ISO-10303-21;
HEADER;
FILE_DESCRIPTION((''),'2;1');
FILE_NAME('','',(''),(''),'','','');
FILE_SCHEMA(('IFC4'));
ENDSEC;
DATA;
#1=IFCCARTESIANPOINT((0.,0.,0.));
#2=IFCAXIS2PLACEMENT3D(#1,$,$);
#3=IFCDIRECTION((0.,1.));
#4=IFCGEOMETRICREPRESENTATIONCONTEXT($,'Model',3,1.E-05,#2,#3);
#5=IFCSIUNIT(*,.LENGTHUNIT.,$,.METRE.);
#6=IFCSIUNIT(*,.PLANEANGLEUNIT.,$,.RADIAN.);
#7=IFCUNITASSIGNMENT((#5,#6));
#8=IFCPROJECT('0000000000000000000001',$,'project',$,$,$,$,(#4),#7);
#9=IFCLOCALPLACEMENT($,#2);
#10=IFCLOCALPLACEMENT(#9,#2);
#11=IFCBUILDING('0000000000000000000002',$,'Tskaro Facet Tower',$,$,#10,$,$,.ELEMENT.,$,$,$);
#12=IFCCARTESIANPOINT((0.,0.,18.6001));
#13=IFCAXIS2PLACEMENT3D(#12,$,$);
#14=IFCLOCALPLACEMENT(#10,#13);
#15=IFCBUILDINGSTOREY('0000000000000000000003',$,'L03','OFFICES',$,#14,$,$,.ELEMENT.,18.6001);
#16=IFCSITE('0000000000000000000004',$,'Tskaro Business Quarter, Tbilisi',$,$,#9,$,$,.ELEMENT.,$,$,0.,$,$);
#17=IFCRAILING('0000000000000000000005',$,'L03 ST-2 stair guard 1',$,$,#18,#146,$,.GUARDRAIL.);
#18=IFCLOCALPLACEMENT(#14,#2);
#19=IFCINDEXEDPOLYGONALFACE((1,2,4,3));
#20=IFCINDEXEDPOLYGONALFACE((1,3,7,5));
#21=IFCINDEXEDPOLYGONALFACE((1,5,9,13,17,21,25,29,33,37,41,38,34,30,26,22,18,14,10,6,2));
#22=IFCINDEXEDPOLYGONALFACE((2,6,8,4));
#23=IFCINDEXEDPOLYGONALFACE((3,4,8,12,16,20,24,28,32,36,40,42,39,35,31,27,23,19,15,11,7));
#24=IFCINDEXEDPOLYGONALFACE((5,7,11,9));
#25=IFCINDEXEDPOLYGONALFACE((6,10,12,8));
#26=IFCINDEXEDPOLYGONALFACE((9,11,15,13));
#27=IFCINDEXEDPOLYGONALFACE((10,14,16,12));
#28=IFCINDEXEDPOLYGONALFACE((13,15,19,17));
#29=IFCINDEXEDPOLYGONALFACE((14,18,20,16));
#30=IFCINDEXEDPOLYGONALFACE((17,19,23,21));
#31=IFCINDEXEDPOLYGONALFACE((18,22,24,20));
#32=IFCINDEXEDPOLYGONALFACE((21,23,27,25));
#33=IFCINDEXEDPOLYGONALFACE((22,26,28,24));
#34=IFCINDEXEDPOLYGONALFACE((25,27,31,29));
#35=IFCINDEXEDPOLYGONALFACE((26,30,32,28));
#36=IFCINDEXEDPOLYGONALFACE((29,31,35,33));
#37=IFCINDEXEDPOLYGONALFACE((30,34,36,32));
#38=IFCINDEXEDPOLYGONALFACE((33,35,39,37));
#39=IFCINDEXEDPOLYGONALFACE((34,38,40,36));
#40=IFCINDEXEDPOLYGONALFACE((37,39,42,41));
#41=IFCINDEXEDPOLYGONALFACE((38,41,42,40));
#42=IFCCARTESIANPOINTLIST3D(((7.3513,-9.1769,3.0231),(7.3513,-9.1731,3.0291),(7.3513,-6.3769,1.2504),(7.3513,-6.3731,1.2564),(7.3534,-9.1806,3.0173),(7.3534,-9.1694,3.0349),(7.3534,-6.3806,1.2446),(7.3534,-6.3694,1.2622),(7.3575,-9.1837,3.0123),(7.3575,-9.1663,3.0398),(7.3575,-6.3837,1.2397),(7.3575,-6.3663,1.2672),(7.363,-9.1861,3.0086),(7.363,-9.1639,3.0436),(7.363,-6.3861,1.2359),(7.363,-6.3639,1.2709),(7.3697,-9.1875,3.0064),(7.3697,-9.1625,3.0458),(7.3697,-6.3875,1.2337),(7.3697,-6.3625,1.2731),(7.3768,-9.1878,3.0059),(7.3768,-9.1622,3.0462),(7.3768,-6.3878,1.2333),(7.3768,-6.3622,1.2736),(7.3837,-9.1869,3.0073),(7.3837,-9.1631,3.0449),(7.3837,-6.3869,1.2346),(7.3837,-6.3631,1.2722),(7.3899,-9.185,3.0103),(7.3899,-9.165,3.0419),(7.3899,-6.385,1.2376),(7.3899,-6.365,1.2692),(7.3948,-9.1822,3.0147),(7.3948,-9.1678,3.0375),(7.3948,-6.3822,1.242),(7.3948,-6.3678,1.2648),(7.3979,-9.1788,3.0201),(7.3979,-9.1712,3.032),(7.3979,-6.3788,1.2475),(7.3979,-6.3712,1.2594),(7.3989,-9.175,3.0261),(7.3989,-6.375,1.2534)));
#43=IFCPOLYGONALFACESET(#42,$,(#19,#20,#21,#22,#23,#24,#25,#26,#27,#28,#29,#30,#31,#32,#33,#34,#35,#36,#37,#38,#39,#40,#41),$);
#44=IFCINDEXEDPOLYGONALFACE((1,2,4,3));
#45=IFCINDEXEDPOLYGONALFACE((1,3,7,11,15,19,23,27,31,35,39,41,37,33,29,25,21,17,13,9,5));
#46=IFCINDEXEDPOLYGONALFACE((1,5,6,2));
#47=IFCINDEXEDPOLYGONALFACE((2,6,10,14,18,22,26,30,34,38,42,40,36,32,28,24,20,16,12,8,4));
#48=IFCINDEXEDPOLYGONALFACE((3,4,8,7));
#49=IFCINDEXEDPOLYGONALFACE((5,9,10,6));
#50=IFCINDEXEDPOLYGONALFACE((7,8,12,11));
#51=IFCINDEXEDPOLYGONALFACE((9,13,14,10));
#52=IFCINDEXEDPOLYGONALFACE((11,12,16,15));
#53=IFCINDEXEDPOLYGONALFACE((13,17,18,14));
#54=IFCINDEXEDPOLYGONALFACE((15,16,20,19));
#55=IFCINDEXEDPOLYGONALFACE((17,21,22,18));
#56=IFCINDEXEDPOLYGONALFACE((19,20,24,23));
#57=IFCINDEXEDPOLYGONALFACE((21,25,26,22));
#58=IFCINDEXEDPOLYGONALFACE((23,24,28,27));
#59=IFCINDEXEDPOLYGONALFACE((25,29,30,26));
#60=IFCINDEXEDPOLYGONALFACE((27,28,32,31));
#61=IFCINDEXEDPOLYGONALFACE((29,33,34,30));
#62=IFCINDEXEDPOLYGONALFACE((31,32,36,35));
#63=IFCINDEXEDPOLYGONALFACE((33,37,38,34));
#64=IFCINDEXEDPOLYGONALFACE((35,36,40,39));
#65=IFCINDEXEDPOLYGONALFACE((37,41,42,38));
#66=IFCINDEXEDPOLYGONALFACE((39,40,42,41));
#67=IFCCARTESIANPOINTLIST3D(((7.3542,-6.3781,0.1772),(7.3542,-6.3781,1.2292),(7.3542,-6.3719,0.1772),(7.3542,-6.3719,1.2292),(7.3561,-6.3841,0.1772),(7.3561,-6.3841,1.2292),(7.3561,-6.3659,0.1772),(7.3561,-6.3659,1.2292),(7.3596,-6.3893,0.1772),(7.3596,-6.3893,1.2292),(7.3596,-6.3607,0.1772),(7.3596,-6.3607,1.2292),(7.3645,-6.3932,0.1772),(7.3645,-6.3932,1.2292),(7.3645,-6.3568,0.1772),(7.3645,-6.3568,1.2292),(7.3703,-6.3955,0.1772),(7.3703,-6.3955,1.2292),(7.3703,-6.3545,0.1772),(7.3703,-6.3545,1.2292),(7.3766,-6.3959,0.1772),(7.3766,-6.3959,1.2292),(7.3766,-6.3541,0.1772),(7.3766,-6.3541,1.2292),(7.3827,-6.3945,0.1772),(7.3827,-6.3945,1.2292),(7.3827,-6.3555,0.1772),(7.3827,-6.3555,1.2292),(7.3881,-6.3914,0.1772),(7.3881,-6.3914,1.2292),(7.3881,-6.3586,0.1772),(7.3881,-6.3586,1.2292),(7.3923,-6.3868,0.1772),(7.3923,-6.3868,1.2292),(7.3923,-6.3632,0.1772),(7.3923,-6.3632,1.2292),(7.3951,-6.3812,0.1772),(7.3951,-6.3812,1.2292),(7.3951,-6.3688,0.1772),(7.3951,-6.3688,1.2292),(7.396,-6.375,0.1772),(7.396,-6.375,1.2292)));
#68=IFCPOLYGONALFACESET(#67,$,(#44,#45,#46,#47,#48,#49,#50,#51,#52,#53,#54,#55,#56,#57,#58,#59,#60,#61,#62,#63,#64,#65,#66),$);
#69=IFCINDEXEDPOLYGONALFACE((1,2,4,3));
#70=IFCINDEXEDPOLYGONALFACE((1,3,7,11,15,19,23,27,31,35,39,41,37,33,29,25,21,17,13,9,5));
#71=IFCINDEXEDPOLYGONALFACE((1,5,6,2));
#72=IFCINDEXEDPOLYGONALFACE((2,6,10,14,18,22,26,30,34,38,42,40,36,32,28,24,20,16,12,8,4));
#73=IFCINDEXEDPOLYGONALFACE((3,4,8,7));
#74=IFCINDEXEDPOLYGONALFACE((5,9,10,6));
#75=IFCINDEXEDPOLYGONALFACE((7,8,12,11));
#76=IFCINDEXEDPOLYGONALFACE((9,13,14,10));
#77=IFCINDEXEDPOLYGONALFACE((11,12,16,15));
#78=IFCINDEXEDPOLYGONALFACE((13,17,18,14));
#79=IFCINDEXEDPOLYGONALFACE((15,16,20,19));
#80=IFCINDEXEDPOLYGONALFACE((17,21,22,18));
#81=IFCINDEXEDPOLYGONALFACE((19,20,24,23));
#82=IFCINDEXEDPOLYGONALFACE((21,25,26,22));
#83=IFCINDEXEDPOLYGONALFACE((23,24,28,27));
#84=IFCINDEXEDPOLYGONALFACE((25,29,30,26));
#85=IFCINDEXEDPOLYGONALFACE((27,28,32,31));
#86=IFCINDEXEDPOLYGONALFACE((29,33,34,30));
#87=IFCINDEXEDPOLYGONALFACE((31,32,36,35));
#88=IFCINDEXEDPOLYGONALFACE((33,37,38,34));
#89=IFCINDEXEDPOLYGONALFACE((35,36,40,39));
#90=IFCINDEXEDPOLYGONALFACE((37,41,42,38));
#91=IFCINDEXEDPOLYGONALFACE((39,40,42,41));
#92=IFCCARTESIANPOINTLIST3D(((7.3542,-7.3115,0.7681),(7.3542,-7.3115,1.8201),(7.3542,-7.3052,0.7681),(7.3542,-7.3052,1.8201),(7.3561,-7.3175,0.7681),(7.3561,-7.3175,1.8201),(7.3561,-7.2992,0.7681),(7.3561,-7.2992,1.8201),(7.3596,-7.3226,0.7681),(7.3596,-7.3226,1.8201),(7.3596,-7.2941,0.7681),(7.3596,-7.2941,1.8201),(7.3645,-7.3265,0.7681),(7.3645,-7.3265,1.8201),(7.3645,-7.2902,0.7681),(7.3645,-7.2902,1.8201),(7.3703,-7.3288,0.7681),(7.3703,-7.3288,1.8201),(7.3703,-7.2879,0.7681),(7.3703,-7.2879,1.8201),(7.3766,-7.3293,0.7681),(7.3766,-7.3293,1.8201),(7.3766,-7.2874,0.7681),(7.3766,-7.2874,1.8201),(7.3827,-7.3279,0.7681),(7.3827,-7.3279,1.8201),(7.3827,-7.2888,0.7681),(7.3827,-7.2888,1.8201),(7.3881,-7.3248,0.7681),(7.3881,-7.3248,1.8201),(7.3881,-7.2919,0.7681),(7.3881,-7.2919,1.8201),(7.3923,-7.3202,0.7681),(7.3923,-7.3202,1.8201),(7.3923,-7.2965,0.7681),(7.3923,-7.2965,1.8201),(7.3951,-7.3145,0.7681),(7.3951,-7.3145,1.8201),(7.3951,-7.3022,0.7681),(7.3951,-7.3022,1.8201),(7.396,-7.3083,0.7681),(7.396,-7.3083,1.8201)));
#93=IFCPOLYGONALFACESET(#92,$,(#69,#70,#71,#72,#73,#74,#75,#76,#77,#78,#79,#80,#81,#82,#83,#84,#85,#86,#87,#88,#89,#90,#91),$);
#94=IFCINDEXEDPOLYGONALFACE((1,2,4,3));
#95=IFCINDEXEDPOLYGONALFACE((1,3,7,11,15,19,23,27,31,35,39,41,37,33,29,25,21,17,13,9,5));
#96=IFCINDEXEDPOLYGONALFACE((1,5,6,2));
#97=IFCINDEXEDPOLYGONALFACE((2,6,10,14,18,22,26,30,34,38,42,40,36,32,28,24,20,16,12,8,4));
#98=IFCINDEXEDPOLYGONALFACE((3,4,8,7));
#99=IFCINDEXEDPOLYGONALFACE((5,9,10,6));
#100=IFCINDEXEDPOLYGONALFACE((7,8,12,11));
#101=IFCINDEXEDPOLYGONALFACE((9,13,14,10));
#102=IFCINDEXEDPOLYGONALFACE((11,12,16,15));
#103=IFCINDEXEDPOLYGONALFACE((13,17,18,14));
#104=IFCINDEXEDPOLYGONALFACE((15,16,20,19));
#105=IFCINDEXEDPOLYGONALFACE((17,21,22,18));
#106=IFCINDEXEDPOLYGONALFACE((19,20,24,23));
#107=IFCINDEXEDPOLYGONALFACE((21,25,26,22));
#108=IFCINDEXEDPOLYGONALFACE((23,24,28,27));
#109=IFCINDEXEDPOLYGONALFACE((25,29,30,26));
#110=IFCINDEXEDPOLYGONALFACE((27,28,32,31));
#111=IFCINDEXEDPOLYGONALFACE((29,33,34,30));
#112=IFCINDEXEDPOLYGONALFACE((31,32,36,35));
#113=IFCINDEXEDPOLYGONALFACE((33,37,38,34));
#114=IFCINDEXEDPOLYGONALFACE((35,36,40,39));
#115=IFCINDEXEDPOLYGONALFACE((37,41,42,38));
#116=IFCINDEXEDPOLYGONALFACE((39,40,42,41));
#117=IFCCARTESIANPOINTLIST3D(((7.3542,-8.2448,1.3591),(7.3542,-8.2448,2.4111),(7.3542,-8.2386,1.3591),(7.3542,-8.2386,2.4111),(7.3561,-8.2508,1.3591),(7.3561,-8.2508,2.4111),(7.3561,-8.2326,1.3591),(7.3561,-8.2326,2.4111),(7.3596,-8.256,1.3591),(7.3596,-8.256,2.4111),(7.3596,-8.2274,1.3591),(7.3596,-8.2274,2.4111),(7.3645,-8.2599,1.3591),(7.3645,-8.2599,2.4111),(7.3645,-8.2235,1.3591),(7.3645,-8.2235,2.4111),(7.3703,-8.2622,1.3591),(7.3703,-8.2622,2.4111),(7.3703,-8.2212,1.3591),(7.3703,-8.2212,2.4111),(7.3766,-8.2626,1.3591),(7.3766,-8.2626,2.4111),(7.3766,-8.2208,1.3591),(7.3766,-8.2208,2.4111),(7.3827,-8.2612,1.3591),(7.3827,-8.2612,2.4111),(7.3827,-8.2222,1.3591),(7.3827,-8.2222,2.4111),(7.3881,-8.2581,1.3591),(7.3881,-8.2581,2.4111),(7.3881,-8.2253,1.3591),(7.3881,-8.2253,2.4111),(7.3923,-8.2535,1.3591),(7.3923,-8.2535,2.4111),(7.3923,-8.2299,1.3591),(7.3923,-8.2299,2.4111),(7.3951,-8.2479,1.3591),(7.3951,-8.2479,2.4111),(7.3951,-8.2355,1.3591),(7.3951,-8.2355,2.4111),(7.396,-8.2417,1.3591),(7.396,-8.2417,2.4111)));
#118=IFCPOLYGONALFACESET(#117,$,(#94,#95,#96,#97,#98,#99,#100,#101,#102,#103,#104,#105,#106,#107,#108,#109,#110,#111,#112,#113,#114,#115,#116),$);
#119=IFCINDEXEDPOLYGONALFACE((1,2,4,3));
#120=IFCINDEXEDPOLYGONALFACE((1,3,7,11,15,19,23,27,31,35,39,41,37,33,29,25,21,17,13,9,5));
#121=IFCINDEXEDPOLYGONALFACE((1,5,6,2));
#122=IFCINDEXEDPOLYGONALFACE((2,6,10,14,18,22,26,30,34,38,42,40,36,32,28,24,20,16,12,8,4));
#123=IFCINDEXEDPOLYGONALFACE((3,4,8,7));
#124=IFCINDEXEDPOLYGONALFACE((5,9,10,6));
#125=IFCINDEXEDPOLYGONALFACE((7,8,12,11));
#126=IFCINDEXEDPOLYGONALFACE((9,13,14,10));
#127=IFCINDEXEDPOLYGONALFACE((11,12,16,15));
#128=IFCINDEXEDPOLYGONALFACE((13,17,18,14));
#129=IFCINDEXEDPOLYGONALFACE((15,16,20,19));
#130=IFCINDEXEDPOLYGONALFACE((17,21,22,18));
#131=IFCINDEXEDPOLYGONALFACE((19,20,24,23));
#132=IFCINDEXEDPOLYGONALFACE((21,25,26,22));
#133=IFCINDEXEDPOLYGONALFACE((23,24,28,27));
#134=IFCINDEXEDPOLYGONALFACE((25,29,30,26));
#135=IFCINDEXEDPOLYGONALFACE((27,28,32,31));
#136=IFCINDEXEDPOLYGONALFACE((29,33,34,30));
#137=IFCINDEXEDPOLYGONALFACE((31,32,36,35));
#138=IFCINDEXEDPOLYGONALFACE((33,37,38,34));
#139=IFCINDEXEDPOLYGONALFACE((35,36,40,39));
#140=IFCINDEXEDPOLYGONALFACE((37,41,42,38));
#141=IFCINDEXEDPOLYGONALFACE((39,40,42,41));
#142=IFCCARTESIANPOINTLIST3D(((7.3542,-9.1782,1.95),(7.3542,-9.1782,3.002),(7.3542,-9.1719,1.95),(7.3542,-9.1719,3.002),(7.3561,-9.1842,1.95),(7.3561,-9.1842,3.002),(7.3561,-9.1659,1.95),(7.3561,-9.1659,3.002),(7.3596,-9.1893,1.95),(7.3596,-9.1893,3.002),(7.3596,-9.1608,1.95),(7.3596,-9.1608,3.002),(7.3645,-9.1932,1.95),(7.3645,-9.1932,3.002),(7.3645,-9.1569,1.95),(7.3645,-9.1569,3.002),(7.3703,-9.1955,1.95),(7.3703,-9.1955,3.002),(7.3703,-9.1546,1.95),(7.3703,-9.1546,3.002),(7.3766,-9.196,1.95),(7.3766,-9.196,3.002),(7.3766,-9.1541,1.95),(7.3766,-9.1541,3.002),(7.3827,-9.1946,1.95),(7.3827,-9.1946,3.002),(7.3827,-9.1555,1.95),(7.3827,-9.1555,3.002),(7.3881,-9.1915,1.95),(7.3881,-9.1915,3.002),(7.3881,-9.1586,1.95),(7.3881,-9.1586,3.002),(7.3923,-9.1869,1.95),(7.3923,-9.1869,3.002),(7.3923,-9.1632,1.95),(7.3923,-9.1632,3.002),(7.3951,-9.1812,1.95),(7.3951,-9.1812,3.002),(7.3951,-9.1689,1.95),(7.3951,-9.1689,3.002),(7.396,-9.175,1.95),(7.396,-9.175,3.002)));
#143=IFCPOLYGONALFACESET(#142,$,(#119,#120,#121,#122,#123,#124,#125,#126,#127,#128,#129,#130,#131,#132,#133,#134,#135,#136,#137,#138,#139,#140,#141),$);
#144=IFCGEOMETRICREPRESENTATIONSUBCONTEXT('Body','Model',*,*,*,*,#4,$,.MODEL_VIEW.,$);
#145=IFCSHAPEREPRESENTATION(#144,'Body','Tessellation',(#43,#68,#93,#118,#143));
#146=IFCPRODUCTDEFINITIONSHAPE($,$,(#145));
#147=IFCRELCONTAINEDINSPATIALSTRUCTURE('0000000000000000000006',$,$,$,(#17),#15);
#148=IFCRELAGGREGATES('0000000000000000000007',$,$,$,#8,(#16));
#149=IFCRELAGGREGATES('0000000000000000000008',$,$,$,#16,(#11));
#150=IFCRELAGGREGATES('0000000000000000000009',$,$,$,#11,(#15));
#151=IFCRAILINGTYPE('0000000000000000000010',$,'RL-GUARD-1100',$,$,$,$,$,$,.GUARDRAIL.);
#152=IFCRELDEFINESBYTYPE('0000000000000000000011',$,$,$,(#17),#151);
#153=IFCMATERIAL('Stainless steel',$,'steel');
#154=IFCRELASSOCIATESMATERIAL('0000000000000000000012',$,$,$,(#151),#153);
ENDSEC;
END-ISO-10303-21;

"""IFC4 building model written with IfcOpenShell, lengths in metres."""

from ifc_helpers import new_model, si_unit, direction, frame, origin, origin_2d, place, context, subcontext, project, spatial, circle, extrude, material, type_object, element, save


model = new_model("IFC4")

# Units and contexts
model_context = context("Model", 3, precision=1e-05, world=origin(), true_north=direction((0.0, 1.0)))
body_context = subcontext(model_context, "Body", "Model", "MODEL_VIEW")
ifc_project = project(units=[si_unit("LENGTHUNIT", "METRE"), si_unit("PLANEANGLEUNIT", "RADIAN")], contexts=[model_context])

# Site, building, storey
site_placement = place(None, origin())
site = spatial("IfcSite", under=ifc_project, at=site_placement, Name="Tskaro Business Quarter, Tbilisi", CompositionType="ELEMENT", RefElevation=0.0)
building_placement = place(site_placement, origin())
building = spatial("IfcBuilding", under=site, at=building_placement, Name="Tskaro Facet Tower", CompositionType="ELEMENT")
storey_placement = place(building_placement, frame((0.0, 0.0, 18.6001)))
storey = spatial("IfcBuildingStorey", under=building, at=storey_placement, Name="L03", Description="OFFICES", CompositionType="ELEMENT", Elevation=18.6001)

# Railing
ifc_material_1 = material(Name="Stainless steel", Category="steel")
railing_type_1 = type_object("IfcRailingType", Name="RL-GUARD-1100", PredefinedType="GUARDRAIL", material=ifc_material_1)
railing_1_placement = place(storey_placement, frame((7.375, -6.375, 0.1772)))
element("IfcRailing", 1, at=railing_1_placement, inside=storey, type_object=railing_type_1, Name="L03 ST-2 stair guard 1", PredefinedType="GUARDRAIL", context=body_context, shape_type="SweptSolid", body=[
    extrude(circle(Radius=0.0239, at=origin_2d()), frame((0.0, 0.0, 1.0762), z_axis=(0.0, -0.844909, 0.53491), x_axis=(1.0, 0.0, 0.0)), (0.0, 0.0, 1.0), 3.314),
    extrude(circle(Radius=0.021, at=origin_2d()), origin(), (0.0, 0.0, 1.0), 1.052),
    extrude(circle(Radius=0.021, at=origin_2d()), frame((0.0, -0.9333, 0.5908)), (0.0, 0.0, 1.0), 1.052),
    extrude(circle(Radius=0.021, at=origin_2d()), frame((0.0, -1.8667, 1.1819)), (0.0, 0.0, 1.0), 1.052),
    extrude(circle(Radius=0.021, at=origin_2d()), frame((0.0, -2.8, 1.7727)), (0.0, 0.0, 1.0), 1.052),
])

save(model, "model.ifc")
